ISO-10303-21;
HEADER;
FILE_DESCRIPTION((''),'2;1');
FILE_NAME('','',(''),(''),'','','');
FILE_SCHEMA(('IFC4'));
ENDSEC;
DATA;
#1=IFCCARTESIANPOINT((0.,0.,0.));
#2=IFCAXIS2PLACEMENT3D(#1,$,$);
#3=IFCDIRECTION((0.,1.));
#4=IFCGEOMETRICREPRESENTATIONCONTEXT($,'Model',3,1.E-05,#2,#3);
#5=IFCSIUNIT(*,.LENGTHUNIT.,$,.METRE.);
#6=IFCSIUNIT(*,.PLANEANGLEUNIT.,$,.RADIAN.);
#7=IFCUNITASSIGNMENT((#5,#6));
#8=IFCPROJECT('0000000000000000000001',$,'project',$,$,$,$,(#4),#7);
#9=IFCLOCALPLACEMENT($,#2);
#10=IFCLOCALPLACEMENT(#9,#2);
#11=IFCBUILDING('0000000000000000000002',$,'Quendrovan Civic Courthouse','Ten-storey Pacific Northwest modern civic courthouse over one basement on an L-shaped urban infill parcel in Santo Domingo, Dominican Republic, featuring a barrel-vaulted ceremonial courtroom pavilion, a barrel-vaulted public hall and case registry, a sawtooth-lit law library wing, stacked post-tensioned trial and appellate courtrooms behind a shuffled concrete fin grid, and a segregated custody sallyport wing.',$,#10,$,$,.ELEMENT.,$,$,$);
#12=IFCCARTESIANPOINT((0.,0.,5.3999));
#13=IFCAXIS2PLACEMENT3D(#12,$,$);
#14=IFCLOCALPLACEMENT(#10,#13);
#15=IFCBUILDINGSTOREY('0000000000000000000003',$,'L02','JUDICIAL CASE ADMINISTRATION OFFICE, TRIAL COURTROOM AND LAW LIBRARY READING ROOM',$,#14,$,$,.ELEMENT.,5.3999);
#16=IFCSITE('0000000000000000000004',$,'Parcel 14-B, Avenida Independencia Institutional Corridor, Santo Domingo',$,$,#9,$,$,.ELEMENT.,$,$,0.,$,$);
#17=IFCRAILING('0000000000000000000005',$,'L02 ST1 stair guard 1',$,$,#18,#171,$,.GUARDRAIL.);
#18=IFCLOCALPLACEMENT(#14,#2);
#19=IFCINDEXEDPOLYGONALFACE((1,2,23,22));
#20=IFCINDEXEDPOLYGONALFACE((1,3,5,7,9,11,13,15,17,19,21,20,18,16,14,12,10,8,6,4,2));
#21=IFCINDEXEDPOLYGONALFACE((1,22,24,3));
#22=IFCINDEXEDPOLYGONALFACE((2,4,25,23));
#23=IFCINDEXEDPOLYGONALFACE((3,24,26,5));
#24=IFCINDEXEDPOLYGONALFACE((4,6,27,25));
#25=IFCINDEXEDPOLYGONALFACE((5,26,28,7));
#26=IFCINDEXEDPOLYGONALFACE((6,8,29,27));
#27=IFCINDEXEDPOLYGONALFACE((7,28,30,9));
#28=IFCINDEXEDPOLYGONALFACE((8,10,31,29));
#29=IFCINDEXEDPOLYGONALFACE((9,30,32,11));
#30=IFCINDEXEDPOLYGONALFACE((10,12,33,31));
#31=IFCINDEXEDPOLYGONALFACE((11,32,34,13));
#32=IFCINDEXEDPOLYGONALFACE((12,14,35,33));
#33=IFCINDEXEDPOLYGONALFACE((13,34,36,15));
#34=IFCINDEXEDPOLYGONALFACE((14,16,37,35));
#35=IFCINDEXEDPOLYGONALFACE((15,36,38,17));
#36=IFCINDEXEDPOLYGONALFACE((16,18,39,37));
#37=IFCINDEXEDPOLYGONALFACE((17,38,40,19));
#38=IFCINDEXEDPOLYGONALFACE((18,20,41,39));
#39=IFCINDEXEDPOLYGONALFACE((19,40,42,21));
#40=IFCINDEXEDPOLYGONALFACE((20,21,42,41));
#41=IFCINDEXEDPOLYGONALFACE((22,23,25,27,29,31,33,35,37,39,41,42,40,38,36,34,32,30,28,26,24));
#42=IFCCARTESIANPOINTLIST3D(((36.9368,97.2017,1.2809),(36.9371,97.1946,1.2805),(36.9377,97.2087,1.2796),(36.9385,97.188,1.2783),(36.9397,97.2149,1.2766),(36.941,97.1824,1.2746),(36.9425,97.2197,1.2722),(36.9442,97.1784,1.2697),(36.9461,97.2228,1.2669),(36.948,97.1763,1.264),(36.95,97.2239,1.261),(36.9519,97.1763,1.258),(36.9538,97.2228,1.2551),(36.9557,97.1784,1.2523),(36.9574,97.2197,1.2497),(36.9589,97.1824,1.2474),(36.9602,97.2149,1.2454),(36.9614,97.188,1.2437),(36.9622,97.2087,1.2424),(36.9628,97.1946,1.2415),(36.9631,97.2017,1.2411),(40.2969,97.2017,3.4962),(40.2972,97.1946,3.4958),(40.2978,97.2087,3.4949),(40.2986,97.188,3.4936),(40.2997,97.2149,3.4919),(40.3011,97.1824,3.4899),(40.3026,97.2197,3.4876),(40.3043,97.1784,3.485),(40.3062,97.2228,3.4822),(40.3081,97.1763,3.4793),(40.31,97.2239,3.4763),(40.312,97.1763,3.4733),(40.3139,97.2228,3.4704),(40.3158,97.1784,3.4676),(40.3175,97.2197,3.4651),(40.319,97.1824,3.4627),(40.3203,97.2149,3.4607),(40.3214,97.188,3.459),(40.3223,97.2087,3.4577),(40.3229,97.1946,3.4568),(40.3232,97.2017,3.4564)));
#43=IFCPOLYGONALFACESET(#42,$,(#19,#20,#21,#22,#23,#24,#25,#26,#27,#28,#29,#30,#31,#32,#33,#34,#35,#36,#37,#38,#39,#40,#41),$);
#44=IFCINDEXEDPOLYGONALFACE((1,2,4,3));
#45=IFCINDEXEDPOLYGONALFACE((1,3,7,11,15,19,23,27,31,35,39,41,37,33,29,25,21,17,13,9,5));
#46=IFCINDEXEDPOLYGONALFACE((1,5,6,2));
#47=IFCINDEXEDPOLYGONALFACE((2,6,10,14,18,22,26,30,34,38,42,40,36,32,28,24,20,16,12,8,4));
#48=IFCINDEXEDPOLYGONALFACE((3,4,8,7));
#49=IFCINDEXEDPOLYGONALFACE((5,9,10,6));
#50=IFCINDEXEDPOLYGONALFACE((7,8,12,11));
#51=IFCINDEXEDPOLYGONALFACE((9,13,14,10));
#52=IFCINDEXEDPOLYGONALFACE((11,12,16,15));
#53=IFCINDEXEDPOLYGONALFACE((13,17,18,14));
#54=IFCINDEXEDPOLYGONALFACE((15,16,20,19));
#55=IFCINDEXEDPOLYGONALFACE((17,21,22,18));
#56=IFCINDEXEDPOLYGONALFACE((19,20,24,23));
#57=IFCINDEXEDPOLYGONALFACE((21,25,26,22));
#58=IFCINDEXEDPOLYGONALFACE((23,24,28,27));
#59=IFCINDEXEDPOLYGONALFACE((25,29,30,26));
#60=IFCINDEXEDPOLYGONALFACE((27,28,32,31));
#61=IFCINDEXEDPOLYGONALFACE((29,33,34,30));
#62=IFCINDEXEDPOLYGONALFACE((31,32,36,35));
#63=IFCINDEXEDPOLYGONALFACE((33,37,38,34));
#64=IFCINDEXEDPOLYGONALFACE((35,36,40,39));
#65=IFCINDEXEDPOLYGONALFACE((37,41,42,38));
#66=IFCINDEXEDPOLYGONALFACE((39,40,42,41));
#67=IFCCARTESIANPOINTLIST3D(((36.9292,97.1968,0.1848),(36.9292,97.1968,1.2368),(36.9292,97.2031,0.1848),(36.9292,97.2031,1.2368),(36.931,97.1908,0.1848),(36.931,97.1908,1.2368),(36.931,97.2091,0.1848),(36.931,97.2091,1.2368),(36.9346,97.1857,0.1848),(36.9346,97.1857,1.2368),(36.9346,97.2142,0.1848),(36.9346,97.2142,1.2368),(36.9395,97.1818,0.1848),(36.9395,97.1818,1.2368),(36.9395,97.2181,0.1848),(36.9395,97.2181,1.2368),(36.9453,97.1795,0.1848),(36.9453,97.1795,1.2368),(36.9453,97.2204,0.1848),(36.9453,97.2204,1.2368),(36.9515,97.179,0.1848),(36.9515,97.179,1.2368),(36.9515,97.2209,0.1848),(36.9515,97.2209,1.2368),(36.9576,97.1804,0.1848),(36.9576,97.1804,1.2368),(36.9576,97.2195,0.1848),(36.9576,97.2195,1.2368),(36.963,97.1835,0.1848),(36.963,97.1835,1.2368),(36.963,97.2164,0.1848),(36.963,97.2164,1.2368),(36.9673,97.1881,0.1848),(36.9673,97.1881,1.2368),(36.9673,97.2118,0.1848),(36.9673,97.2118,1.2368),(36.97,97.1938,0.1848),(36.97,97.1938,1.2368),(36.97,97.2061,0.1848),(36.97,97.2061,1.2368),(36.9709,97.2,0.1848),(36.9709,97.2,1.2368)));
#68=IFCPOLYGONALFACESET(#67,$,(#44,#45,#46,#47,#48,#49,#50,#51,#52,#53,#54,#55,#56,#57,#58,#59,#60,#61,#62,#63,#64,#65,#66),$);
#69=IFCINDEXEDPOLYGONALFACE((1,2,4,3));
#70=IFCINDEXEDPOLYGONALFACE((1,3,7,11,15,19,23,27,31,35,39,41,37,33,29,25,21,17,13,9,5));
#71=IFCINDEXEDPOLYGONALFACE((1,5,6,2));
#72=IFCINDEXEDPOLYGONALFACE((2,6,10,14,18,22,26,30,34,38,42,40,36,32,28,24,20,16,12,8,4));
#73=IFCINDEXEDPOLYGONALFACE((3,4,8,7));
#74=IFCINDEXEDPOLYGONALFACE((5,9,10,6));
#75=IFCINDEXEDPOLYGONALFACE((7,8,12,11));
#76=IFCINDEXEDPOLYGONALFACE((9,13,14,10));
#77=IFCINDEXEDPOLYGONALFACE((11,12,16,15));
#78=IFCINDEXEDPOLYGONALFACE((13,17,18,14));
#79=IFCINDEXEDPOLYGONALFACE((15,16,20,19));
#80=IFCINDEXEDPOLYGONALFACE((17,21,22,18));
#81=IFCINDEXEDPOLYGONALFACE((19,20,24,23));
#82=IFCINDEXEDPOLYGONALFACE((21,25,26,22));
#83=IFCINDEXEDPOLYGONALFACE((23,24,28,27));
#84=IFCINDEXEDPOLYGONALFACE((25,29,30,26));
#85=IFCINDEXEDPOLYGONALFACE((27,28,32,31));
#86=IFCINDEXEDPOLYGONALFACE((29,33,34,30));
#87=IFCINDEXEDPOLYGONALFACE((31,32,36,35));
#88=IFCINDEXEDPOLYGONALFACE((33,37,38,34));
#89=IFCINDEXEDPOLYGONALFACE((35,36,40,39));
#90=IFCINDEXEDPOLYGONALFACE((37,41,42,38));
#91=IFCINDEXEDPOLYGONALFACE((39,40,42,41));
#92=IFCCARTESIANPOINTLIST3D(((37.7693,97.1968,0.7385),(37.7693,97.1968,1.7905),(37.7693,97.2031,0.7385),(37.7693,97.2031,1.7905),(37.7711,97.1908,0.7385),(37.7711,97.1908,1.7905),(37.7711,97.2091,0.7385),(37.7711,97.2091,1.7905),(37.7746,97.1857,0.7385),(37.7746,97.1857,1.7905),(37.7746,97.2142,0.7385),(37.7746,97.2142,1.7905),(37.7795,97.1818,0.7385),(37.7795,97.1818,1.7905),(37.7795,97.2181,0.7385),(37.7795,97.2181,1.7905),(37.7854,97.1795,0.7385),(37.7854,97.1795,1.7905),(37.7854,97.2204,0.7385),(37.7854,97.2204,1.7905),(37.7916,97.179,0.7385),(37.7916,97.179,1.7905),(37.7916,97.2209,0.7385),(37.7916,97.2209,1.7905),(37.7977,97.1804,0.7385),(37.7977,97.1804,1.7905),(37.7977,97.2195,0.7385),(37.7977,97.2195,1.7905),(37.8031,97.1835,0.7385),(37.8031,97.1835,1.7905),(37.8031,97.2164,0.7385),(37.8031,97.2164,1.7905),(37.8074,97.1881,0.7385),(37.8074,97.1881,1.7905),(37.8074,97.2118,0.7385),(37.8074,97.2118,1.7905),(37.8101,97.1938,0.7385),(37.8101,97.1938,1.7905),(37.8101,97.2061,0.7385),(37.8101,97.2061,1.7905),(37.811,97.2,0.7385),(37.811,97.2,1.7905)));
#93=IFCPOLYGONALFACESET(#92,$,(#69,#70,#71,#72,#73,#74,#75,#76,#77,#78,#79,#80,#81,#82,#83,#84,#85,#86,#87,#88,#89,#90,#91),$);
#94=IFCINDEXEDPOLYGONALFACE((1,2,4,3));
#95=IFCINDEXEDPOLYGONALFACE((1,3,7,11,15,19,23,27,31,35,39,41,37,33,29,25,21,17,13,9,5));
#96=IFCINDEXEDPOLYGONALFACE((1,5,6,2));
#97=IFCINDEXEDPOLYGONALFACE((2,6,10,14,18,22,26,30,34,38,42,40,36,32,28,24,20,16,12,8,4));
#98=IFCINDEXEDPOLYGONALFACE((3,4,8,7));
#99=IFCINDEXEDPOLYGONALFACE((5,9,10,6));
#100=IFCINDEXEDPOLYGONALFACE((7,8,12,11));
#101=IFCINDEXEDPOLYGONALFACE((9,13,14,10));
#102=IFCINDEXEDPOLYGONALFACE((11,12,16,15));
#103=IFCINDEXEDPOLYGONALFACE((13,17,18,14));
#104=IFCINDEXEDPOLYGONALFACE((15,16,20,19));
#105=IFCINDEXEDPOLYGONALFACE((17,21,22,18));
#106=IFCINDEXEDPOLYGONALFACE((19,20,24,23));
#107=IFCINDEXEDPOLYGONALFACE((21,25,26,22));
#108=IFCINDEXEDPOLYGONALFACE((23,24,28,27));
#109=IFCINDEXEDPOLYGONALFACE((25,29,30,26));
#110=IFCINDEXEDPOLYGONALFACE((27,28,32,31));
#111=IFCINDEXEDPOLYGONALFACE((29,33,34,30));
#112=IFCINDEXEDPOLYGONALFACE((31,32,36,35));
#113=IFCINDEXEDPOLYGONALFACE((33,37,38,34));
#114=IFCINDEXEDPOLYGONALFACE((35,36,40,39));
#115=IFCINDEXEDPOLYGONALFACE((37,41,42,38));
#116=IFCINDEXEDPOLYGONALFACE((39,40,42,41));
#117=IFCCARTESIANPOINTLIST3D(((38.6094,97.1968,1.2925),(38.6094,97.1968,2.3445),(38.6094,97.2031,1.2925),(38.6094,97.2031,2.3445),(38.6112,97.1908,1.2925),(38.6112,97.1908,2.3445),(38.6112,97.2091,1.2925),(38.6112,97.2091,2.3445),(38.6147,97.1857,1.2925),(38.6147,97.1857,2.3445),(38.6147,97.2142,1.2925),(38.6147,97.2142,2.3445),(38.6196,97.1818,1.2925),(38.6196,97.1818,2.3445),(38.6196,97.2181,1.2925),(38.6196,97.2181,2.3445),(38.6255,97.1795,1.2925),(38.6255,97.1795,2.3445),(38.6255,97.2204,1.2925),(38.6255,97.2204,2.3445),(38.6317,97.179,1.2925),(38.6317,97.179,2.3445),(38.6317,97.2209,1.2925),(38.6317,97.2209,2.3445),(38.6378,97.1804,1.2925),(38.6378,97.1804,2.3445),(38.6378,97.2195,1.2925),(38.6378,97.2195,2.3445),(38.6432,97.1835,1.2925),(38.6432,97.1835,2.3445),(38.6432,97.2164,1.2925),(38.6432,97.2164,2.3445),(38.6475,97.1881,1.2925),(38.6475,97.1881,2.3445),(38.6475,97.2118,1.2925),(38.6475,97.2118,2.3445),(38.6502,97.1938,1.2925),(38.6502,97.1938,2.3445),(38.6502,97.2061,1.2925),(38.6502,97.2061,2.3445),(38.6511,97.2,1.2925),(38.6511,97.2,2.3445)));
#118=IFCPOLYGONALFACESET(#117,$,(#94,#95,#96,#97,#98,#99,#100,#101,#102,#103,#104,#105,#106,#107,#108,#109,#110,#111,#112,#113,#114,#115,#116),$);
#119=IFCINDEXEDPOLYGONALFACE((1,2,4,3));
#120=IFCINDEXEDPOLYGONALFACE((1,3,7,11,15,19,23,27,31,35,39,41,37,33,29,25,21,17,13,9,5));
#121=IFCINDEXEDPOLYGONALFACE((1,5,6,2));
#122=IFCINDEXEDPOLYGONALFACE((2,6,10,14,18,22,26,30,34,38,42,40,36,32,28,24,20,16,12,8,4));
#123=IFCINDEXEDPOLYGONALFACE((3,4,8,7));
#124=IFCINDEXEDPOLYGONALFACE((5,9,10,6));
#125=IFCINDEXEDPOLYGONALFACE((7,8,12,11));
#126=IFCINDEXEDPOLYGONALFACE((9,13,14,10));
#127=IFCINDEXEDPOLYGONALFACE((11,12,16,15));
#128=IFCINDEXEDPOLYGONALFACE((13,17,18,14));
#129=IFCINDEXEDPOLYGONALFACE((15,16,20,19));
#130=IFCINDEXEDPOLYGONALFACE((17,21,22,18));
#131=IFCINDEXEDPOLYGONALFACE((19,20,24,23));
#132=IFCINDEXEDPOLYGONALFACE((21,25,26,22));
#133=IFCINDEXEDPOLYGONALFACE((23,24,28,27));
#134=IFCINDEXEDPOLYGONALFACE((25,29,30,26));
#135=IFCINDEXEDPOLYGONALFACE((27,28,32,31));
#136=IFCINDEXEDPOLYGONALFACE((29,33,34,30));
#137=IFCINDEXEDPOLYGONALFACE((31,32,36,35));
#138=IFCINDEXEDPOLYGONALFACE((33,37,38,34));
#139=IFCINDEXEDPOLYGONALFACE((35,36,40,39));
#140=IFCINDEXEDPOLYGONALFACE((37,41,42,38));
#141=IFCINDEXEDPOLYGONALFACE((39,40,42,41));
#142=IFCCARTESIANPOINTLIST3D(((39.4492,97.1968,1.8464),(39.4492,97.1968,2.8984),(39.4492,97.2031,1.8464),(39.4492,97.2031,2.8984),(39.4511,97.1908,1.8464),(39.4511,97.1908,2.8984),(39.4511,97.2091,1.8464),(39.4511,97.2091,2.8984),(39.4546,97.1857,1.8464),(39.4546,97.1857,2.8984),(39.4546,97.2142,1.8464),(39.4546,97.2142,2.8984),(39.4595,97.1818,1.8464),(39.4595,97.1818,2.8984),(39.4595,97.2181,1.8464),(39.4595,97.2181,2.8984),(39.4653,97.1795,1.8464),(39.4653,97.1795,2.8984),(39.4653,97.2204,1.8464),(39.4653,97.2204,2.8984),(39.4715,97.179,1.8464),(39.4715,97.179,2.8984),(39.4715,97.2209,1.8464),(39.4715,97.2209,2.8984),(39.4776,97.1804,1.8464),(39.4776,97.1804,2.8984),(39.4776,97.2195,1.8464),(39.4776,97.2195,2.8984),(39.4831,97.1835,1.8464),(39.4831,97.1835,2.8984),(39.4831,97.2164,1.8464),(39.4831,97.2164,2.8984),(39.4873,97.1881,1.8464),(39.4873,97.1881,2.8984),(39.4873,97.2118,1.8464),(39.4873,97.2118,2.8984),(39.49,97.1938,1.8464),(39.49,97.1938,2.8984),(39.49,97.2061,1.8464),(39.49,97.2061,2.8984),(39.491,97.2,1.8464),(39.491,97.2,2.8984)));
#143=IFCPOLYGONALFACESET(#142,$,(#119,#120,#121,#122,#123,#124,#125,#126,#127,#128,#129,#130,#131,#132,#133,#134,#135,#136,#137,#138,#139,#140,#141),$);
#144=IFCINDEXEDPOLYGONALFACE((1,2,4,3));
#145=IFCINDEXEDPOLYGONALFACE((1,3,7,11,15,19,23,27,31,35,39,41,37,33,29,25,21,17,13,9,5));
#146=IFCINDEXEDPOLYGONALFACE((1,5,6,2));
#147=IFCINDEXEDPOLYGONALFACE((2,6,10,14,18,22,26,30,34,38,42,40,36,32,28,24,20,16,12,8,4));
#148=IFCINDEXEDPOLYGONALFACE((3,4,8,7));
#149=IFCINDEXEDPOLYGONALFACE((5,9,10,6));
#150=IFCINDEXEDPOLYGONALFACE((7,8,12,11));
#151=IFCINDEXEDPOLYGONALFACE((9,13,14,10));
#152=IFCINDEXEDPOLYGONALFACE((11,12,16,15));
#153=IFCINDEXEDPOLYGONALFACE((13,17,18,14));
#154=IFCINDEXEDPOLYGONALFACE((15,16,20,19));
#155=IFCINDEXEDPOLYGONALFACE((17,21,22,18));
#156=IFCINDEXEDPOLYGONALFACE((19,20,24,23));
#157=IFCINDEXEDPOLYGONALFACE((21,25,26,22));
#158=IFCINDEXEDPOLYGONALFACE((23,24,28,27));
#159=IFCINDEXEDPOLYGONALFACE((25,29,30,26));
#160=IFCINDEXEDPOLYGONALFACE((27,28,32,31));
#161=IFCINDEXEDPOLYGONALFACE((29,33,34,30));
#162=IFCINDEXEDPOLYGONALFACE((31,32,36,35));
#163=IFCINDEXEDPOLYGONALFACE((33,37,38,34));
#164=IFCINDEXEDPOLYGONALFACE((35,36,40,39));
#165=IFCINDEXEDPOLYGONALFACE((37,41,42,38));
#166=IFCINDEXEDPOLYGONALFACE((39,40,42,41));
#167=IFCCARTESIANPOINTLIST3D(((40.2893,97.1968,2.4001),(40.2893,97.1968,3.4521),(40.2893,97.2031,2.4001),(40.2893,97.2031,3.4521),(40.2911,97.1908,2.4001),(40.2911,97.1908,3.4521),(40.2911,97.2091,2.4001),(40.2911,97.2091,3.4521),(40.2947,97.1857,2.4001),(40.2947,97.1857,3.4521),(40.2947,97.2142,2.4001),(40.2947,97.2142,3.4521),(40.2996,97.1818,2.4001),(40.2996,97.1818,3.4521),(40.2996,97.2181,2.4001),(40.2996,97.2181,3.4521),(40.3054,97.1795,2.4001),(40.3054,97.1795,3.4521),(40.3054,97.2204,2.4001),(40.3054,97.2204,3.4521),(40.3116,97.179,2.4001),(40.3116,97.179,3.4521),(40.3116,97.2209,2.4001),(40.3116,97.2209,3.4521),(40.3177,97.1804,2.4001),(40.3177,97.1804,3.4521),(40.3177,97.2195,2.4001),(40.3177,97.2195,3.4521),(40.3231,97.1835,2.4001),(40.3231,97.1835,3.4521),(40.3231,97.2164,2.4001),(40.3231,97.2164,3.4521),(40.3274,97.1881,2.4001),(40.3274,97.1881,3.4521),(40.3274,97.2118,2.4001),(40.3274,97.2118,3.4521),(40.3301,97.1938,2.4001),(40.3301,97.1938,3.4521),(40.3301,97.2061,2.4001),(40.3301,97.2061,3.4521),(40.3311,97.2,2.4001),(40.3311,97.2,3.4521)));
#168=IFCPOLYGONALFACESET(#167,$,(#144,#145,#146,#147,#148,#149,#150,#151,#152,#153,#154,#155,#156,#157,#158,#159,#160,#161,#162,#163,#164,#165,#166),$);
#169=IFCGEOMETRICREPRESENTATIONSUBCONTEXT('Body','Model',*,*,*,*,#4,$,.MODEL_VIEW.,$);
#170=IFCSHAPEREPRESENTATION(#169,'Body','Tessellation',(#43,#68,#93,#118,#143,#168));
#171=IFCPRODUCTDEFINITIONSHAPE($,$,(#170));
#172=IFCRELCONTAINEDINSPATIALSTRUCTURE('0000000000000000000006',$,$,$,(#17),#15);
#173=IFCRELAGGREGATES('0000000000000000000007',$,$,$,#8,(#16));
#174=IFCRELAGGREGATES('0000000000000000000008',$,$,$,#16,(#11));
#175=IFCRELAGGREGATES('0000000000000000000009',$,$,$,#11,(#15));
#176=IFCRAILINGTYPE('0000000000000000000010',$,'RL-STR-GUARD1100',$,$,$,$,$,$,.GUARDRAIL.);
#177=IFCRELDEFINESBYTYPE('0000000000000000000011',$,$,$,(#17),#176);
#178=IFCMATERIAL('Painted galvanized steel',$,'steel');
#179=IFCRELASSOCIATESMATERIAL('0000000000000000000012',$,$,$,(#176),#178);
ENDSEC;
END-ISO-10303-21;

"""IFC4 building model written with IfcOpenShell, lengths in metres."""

from ifc_helpers import new_model, si_unit, direction, frame, origin, origin_2d, place, context, subcontext, project, spatial, circle, extrude, material, type_object, element, save


model = new_model("IFC4")

# Units and contexts
model_context = context("Model", 3, precision=1e-05, world=origin(), true_north=direction((0.0, 1.0)))
body_context = subcontext(model_context, "Body", "Model", "MODEL_VIEW")
ifc_project = project(units=[si_unit("LENGTHUNIT", "METRE"), si_unit("PLANEANGLEUNIT", "RADIAN")], contexts=[model_context])

# Site, building, storey
site_placement = place(None, origin())
site = spatial("IfcSite", under=ifc_project, at=site_placement, Name="Parcel 14-B, Avenida Independencia Institutional Corridor, Santo Domingo", CompositionType="ELEMENT", RefElevation=0.0)
building_placement = place(site_placement, origin())
building = spatial("IfcBuilding", under=site, at=building_placement, Name="Quendrovan Civic Courthouse", Description="Ten-storey Pacific Northwest modern civic courthouse over one basement on an L-shaped urban infill parcel in Santo Domingo, Dominican Republic, featuring a barrel-vaulted ceremonial courtroom pavilion, a barrel-vaulted public hall and case registry, a sawtooth-lit law library wing, stacked post-tensioned trial and appellate courtrooms behind a shuffled concrete fin grid, and a segregated custody sallyport wing.", CompositionType="ELEMENT")
storey_placement = place(building_placement, frame((0.0, 0.0, 5.3999)))
storey = spatial("IfcBuildingStorey", under=building, at=storey_placement, Name="L02", Description="JUDICIAL CASE ADMINISTRATION OFFICE, TRIAL COURTROOM AND LAW LIBRARY READING ROOM", CompositionType="ELEMENT", Elevation=5.3999)

# Railing
ifc_material_1 = material(Name="Painted galvanized steel", Category="steel")
railing_type_1 = type_object("IfcRailingType", Name="RL-STR-GUARD1100", PredefinedType="GUARDRAIL", material=ifc_material_1)
railing_1_placement = place(storey_placement, frame((36.95, 97.2, 0.1848)))
element("IfcRailing", 1, at=railing_1_placement, inside=storey, type_object=railing_type_1, Name="L02 ST1 stair guard 1", PredefinedType="GUARDRAIL", context=body_context, shape_type="SweptSolid", body=[
    extrude(circle(Radius=0.0239, at=origin_2d()), frame((0.0, 0.0, 1.0762), z_axis=(0.834876, 0.0, 0.550437), x_axis=(0.0, 1.0, 0.0)), (0.0, 0.0, 1.0), 4.0247),
    extrude(circle(Radius=0.021, at=origin_2d()), origin(), (0.0, 0.0, 1.0), 1.052),
    extrude(circle(Radius=0.021, at=origin_2d()), frame((0.8401, 0.0, 0.5537)), (0.0, 0.0, 1.0), 1.052),
    extrude(circle(Radius=0.021, at=origin_2d()), frame((1.6802, 0.0, 1.1077)), (0.0, 0.0, 1.0), 1.052),
    extrude(circle(Radius=0.021, at=origin_2d()), frame((2.52, 0.0, 1.6616)), (0.0, 0.0, 1.0), 1.052),
    extrude(circle(Radius=0.021, at=origin_2d()), frame((3.3601, 0.0, 2.2153)), (0.0, 0.0, 1.0), 1.052),
])

save(model, "model.ifc")
